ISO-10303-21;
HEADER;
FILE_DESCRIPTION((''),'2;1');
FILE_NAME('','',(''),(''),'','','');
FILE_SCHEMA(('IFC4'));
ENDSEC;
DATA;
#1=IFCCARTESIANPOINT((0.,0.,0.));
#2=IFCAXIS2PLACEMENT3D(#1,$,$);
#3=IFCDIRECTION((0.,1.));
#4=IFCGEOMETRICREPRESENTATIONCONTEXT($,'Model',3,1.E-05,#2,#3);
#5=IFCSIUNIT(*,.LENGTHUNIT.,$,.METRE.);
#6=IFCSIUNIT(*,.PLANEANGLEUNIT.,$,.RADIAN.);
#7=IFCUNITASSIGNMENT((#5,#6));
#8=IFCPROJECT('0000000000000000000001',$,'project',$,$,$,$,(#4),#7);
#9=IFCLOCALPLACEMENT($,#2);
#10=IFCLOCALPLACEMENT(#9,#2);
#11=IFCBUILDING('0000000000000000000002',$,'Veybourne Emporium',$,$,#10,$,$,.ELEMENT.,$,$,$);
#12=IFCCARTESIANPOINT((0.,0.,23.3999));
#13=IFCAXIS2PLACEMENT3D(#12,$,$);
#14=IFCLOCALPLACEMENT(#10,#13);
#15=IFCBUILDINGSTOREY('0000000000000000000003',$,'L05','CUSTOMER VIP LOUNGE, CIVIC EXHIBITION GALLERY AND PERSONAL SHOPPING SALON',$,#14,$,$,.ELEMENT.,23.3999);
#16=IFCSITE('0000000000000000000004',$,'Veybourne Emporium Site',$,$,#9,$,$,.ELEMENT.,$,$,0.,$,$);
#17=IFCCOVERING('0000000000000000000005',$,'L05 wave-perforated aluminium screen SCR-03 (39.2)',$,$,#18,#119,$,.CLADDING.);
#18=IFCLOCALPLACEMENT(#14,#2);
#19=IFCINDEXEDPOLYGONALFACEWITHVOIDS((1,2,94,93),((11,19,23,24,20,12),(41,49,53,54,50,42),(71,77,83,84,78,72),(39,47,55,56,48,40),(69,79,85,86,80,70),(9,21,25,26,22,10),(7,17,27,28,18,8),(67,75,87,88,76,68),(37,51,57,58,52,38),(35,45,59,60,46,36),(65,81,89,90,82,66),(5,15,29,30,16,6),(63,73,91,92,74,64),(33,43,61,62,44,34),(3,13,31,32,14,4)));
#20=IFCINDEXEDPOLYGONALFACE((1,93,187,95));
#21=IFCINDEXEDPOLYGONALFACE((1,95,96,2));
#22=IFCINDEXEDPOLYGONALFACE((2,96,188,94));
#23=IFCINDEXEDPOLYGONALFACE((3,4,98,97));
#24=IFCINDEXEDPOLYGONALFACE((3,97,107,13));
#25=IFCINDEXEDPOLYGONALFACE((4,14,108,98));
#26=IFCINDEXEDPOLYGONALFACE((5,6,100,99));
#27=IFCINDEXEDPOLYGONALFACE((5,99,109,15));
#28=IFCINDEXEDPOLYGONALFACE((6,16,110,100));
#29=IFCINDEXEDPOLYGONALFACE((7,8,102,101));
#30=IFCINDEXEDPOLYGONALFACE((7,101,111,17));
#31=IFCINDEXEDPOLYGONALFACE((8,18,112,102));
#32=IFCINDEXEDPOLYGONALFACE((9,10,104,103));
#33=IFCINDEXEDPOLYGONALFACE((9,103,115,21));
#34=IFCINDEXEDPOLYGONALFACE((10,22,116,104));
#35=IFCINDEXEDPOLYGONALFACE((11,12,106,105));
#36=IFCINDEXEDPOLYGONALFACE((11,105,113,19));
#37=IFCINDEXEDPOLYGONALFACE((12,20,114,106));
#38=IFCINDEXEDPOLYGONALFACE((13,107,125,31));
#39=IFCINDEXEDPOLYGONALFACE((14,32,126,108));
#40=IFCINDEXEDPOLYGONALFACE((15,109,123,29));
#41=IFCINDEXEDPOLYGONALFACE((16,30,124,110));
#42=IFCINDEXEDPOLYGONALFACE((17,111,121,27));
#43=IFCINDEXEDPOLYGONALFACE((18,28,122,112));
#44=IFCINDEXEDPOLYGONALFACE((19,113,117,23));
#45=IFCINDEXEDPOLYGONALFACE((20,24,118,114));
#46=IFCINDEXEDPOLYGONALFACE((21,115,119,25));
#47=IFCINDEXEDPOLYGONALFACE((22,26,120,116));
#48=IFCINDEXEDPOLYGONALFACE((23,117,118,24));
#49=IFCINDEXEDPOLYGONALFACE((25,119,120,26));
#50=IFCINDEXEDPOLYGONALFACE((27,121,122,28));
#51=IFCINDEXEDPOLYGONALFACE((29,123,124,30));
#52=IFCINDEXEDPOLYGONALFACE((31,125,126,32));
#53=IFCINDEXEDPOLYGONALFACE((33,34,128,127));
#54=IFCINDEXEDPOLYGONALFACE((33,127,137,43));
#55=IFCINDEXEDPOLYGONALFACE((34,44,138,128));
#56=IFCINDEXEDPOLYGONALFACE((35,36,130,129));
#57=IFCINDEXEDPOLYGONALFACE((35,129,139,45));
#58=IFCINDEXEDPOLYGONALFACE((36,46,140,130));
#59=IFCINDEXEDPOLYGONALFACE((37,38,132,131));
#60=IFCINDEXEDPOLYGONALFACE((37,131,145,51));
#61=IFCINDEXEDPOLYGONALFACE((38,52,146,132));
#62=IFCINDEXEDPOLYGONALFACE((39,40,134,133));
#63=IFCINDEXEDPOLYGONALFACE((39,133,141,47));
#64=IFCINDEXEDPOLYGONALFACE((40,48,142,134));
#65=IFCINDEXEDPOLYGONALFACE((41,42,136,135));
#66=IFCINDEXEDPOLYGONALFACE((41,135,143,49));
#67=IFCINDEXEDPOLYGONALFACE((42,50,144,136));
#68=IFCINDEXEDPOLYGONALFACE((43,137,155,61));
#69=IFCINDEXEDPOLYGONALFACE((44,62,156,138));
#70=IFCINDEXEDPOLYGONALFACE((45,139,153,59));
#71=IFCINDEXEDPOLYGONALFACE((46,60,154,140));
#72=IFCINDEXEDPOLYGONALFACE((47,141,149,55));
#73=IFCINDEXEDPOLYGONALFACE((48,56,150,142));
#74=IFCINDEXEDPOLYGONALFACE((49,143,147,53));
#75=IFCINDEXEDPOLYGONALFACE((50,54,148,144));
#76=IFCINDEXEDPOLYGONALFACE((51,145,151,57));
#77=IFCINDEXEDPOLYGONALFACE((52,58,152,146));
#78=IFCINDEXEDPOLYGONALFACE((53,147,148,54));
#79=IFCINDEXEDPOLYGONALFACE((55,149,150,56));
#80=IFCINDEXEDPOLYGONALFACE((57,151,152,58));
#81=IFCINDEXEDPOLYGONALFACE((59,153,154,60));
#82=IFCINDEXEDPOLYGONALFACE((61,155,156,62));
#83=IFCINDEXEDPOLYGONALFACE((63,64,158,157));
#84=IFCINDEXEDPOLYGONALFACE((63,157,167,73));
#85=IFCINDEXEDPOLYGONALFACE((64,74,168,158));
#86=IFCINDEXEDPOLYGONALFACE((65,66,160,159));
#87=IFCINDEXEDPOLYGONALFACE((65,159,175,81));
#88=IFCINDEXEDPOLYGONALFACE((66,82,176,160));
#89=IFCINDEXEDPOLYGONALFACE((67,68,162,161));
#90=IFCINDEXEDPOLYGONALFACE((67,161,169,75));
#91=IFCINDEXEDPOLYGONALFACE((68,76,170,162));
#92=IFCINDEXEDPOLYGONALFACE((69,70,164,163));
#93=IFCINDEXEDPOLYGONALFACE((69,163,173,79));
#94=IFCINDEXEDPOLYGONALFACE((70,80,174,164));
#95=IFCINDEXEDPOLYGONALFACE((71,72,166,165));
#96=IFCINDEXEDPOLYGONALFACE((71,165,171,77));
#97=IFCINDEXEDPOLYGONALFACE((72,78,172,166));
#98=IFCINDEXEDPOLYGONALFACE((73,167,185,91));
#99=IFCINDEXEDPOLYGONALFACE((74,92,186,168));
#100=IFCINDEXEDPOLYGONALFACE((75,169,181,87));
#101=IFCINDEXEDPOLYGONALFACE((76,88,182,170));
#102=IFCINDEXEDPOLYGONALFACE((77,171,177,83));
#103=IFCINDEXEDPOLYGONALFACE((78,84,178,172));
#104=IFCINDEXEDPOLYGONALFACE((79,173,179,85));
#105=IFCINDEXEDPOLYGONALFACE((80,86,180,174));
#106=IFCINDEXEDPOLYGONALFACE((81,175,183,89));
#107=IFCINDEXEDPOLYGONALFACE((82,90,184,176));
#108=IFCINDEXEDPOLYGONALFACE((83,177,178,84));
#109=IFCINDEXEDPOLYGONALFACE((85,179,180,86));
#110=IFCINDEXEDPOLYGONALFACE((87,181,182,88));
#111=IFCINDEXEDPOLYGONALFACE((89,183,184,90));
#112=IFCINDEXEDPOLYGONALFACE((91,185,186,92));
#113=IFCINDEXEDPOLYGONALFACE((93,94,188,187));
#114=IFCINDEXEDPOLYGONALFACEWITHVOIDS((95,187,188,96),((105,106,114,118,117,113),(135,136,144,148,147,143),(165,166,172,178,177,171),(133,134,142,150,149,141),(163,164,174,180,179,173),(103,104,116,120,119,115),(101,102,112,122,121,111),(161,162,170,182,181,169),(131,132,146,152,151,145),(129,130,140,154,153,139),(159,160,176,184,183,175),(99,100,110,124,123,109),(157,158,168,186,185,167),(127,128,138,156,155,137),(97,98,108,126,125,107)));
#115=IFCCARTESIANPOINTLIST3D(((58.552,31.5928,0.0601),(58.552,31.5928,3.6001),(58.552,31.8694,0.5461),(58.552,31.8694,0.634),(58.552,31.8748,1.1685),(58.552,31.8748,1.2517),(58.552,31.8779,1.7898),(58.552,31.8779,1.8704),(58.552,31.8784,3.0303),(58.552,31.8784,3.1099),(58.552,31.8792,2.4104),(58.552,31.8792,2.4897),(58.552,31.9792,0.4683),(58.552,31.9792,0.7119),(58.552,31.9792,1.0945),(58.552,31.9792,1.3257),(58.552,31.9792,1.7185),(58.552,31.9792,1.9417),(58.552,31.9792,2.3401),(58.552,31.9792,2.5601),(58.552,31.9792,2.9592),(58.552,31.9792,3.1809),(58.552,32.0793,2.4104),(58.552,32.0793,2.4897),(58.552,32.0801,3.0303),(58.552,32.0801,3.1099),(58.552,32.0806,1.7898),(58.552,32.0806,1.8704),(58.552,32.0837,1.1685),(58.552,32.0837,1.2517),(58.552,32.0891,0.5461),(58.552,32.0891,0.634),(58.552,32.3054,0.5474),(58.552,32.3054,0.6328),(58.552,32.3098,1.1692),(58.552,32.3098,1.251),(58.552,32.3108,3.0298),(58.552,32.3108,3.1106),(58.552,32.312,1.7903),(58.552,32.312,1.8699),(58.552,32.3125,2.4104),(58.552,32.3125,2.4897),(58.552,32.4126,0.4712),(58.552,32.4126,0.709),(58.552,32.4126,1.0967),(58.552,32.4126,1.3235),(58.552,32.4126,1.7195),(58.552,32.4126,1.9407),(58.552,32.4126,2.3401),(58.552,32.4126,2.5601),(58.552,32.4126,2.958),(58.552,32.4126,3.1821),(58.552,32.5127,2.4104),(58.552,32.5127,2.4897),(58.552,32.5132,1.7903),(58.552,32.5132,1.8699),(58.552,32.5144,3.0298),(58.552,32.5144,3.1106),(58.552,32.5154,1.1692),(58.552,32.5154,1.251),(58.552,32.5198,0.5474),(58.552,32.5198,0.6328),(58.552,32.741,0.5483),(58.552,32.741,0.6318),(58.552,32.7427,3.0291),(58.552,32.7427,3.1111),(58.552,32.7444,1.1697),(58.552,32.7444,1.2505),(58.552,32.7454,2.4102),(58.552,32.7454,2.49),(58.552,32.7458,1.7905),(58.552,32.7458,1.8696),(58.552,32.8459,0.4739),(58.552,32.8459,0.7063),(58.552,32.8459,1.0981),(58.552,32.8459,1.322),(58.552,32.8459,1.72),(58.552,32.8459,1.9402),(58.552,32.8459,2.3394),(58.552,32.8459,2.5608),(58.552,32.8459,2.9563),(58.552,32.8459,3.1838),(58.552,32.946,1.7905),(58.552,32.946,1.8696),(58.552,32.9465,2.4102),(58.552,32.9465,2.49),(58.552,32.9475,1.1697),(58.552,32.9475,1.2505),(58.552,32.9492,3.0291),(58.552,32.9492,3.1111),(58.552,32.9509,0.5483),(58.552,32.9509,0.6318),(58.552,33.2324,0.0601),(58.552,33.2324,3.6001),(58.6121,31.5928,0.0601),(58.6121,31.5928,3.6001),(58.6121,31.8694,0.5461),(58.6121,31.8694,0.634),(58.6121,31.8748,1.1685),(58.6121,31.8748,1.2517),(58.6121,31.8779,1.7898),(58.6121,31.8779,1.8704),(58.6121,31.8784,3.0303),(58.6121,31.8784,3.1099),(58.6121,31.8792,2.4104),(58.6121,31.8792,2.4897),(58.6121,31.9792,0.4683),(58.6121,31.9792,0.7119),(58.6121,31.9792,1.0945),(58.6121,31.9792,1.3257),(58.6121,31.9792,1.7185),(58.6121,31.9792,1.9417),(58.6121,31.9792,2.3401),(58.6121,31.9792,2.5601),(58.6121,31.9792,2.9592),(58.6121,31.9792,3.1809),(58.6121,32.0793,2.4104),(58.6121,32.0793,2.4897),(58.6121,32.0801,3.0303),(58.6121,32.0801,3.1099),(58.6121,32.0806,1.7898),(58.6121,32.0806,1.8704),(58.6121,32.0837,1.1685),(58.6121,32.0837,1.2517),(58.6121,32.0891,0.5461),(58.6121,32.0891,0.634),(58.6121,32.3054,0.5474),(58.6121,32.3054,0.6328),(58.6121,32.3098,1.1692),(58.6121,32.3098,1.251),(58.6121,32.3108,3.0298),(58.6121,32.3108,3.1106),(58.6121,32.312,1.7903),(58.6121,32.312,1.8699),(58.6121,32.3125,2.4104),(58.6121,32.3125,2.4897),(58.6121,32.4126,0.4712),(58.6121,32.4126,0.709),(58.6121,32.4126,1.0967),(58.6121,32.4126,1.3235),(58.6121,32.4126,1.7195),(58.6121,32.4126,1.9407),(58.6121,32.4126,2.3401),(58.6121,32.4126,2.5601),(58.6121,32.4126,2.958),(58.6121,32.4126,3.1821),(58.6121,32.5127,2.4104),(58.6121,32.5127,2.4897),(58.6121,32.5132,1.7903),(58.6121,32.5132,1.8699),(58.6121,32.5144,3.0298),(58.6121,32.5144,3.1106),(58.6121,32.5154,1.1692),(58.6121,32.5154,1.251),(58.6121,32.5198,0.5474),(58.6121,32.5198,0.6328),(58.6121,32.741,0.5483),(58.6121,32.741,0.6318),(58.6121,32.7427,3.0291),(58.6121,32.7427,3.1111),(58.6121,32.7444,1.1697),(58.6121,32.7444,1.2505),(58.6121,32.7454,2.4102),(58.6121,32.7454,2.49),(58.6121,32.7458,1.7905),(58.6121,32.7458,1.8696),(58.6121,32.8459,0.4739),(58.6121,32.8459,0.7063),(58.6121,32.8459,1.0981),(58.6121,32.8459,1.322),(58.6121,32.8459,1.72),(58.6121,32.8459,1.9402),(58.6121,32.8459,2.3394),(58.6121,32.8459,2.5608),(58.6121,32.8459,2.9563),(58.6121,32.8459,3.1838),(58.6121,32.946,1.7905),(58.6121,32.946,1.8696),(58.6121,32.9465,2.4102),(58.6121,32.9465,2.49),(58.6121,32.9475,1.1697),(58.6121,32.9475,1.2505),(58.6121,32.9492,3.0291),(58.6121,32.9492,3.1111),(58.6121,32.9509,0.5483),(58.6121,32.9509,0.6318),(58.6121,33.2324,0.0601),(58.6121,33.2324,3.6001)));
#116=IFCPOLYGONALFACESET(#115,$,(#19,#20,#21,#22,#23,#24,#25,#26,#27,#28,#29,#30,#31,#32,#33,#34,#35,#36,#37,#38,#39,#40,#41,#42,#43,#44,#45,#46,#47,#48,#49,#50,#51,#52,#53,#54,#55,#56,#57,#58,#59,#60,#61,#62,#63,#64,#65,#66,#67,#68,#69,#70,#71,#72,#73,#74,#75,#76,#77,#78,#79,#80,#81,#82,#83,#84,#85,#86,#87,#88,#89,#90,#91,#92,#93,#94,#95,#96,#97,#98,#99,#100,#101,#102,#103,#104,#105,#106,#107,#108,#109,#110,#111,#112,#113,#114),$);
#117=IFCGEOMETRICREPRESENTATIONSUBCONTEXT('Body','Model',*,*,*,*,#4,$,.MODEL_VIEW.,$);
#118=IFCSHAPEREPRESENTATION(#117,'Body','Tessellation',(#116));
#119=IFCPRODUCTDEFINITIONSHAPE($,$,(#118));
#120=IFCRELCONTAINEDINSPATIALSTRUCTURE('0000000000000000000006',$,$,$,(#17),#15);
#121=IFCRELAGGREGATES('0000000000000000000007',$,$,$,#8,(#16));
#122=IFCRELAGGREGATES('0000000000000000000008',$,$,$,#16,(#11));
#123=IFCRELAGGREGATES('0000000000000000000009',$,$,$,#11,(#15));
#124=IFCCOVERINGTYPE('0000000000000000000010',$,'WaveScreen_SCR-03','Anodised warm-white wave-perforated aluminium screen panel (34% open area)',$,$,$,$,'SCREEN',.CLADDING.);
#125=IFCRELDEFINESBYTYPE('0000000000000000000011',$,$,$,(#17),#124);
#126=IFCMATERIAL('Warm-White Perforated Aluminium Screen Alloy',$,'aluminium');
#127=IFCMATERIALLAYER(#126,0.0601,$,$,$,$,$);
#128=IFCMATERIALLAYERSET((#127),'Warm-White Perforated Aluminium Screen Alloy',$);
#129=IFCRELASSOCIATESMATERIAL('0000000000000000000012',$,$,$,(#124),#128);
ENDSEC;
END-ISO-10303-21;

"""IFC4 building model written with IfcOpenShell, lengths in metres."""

from ifc_helpers import new_model, si_unit, direction, frame, origin, place, context, subcontext, project, spatial, polyline, outline, extrude, material, layer, layer_set, type_object, element, save


model = new_model("IFC4")

# Units and contexts
model_context = context("Model", 3, precision=1e-05, world=origin(), true_north=direction((0.0, 1.0)))
body_context = subcontext(model_context, "Body", "Model", "MODEL_VIEW")
ifc_project = project(units=[si_unit("LENGTHUNIT", "METRE"), si_unit("PLANEANGLEUNIT", "RADIAN")], contexts=[model_context])

# Site, building, storey
site_placement = place(None, origin())
site = spatial("IfcSite", under=ifc_project, at=site_placement, Name="Veybourne Emporium Site", CompositionType="ELEMENT", RefElevation=0.0)
building_placement = place(site_placement, origin())
building = spatial("IfcBuilding", under=site, at=building_placement, Name="Veybourne Emporium", CompositionType="ELEMENT")
storey_placement = place(building_placement, frame((0.0, 0.0, 23.3999)))
storey = spatial("IfcBuildingStorey", under=building, at=storey_placement, Name="L05", Description="CUSTOMER VIP LOUNGE, CIVIC EXHIBITION GALLERY AND PERSONAL SHOPPING SALON", CompositionType="ELEMENT", Elevation=23.3999)

# Covering
ifc_material_1 = material(Name="Warm-White Perforated Aluminium Screen Alloy", Category="aluminium")
ifc_layer_1 = layer(ifc_material_1, 0.0601)
ifc_layer_set_1 = layer_set([ifc_layer_1], Name="Warm-White Perforated Aluminium Screen Alloy")
covering_type_1 = type_object("IfcCoveringType", Name="WaveScreen_SCR-03", Description="Anodised warm-white wave-perforated aluminium screen panel (34% open area)", ElementType="SCREEN", PredefinedType="CLADDING", material=ifc_layer_set_1)
covering_1_placement = place(storey_placement, frame((58.552, 32.4126, 1.8301), z_axis=(1.0, 0.0, 0.0), x_axis=(0.0, 1.0, 0.0)))
element("IfcCovering", 1, at=covering_1_placement, inside=storey, type_object=covering_type_1, Name="L05 wave-perforated aluminium screen SCR-03 (39.2)", PredefinedType="CLADDING", context=body_context, shape_type="SweptSolid", body=[
    extrude(outline(polyline([(-0.8198, -1.77), (0.8198, -1.77), (0.8198, 1.77), (-0.8198, 1.77), (-0.8198, -1.77)]), holes=[polyline([(-0.4333, -1.1182), (-0.3235, -1.196), (-0.3235, -1.2839), (-0.4333, -1.3618), (-0.5432, -1.2839), (-0.5432, -1.196), (-0.4333, -1.1182)]), polyline([(-0.4333, -0.5044), (-0.3289, -0.5784), (-0.3289, -0.6616), (-0.4333, -0.7356), (-0.5378, -0.6616), (-0.5378, -0.5784), (-0.4333, -0.5044)]), polyline([(-0.4333, 0.1116), (-0.332, 0.0403), (-0.332, -0.0403), (-0.4333, -0.1116), (-0.5347, -0.0403), (-0.5347, 0.0403), (-0.4333, 0.1116)]), polyline([(-0.4333, 0.73), (-0.3333, 0.6597), (-0.3333, 0.5803), (-0.4333, 0.51), (-0.5334, 0.5803), (-0.5334, 0.6597), (-0.4333, 0.73)]), polyline([(-0.4333, 1.3508), (-0.3325, 1.2798), (-0.3325, 1.2002), (-0.4333, 1.1292), (-0.5342, 1.2002), (-0.5342, 1.2798), (-0.4333, 1.3508)]), polyline([(0.0, -1.1211), (0.1072, -1.1973), (0.1072, -1.2827), (0.0, -1.3589), (-0.1072, -1.2827), (-0.1072, -1.1973), (0.0, -1.1211)]), polyline([(0.0, -0.5066), (0.1028, -0.5791), (0.1028, -0.6609), (0.0, -0.7334), (-0.1028, -0.6609), (-0.1028, -0.5791), (0.0, -0.5066)]), polyline([(0.0, 0.1106), (0.1006, 0.0398), (0.1006, -0.0398), (0.0, -0.1106), (-0.1006, -0.0398), (-0.1006, 0.0398), (0.0, 0.1106)]), polyline([(0.0, 0.73), (0.1001, 0.6597), (0.1001, 0.5803), (0.0, 0.51), (-0.1001, 0.5803), (-0.1001, 0.6597), (0.0, 0.73)]), polyline([(0.0, 1.3521), (0.1018, 1.2805), (0.1018, 1.1997), (0.0, 1.1279), (-0.1018, 1.1997), (-0.1018, 1.2805), (0.0, 1.3521)]), polyline([(0.4333, -1.1238), (0.5383, -1.1982), (0.5383, -1.2817), (0.4333, -1.3562), (0.3284, -1.2817), (0.3284, -1.1982), (0.4333, -1.1238)]), polyline([(0.4333, -0.5081), (0.5349, -0.5796), (0.5349, -0.6604), (0.4333, -0.7319), (0.3318, -0.6604), (0.3318, -0.5796), (0.4333, -0.5081)]), polyline([(0.4333, 0.1101), (0.5334, 0.0396), (0.5334, -0.0396), (0.4333, -0.1101), (0.3333, -0.0396), (0.3333, 0.0396), (0.4333, 0.1101)]), polyline([(0.4333, 0.7307), (0.5339, 0.6599), (0.5339, 0.5801), (0.4333, 0.5093), (0.3328, 0.5801), (0.3328, 0.6599), (0.4333, 0.7307)]), polyline([(0.4333, 1.3538), (0.5366, 1.281), (0.5366, 1.199), (0.4333, 1.1262), (0.3301, 1.199), (0.3301, 1.281), (0.4333, 1.3538)])]), origin(), (0.0, 0.0, 1.0), 0.0601),
])

save(model, "model.ifc")
